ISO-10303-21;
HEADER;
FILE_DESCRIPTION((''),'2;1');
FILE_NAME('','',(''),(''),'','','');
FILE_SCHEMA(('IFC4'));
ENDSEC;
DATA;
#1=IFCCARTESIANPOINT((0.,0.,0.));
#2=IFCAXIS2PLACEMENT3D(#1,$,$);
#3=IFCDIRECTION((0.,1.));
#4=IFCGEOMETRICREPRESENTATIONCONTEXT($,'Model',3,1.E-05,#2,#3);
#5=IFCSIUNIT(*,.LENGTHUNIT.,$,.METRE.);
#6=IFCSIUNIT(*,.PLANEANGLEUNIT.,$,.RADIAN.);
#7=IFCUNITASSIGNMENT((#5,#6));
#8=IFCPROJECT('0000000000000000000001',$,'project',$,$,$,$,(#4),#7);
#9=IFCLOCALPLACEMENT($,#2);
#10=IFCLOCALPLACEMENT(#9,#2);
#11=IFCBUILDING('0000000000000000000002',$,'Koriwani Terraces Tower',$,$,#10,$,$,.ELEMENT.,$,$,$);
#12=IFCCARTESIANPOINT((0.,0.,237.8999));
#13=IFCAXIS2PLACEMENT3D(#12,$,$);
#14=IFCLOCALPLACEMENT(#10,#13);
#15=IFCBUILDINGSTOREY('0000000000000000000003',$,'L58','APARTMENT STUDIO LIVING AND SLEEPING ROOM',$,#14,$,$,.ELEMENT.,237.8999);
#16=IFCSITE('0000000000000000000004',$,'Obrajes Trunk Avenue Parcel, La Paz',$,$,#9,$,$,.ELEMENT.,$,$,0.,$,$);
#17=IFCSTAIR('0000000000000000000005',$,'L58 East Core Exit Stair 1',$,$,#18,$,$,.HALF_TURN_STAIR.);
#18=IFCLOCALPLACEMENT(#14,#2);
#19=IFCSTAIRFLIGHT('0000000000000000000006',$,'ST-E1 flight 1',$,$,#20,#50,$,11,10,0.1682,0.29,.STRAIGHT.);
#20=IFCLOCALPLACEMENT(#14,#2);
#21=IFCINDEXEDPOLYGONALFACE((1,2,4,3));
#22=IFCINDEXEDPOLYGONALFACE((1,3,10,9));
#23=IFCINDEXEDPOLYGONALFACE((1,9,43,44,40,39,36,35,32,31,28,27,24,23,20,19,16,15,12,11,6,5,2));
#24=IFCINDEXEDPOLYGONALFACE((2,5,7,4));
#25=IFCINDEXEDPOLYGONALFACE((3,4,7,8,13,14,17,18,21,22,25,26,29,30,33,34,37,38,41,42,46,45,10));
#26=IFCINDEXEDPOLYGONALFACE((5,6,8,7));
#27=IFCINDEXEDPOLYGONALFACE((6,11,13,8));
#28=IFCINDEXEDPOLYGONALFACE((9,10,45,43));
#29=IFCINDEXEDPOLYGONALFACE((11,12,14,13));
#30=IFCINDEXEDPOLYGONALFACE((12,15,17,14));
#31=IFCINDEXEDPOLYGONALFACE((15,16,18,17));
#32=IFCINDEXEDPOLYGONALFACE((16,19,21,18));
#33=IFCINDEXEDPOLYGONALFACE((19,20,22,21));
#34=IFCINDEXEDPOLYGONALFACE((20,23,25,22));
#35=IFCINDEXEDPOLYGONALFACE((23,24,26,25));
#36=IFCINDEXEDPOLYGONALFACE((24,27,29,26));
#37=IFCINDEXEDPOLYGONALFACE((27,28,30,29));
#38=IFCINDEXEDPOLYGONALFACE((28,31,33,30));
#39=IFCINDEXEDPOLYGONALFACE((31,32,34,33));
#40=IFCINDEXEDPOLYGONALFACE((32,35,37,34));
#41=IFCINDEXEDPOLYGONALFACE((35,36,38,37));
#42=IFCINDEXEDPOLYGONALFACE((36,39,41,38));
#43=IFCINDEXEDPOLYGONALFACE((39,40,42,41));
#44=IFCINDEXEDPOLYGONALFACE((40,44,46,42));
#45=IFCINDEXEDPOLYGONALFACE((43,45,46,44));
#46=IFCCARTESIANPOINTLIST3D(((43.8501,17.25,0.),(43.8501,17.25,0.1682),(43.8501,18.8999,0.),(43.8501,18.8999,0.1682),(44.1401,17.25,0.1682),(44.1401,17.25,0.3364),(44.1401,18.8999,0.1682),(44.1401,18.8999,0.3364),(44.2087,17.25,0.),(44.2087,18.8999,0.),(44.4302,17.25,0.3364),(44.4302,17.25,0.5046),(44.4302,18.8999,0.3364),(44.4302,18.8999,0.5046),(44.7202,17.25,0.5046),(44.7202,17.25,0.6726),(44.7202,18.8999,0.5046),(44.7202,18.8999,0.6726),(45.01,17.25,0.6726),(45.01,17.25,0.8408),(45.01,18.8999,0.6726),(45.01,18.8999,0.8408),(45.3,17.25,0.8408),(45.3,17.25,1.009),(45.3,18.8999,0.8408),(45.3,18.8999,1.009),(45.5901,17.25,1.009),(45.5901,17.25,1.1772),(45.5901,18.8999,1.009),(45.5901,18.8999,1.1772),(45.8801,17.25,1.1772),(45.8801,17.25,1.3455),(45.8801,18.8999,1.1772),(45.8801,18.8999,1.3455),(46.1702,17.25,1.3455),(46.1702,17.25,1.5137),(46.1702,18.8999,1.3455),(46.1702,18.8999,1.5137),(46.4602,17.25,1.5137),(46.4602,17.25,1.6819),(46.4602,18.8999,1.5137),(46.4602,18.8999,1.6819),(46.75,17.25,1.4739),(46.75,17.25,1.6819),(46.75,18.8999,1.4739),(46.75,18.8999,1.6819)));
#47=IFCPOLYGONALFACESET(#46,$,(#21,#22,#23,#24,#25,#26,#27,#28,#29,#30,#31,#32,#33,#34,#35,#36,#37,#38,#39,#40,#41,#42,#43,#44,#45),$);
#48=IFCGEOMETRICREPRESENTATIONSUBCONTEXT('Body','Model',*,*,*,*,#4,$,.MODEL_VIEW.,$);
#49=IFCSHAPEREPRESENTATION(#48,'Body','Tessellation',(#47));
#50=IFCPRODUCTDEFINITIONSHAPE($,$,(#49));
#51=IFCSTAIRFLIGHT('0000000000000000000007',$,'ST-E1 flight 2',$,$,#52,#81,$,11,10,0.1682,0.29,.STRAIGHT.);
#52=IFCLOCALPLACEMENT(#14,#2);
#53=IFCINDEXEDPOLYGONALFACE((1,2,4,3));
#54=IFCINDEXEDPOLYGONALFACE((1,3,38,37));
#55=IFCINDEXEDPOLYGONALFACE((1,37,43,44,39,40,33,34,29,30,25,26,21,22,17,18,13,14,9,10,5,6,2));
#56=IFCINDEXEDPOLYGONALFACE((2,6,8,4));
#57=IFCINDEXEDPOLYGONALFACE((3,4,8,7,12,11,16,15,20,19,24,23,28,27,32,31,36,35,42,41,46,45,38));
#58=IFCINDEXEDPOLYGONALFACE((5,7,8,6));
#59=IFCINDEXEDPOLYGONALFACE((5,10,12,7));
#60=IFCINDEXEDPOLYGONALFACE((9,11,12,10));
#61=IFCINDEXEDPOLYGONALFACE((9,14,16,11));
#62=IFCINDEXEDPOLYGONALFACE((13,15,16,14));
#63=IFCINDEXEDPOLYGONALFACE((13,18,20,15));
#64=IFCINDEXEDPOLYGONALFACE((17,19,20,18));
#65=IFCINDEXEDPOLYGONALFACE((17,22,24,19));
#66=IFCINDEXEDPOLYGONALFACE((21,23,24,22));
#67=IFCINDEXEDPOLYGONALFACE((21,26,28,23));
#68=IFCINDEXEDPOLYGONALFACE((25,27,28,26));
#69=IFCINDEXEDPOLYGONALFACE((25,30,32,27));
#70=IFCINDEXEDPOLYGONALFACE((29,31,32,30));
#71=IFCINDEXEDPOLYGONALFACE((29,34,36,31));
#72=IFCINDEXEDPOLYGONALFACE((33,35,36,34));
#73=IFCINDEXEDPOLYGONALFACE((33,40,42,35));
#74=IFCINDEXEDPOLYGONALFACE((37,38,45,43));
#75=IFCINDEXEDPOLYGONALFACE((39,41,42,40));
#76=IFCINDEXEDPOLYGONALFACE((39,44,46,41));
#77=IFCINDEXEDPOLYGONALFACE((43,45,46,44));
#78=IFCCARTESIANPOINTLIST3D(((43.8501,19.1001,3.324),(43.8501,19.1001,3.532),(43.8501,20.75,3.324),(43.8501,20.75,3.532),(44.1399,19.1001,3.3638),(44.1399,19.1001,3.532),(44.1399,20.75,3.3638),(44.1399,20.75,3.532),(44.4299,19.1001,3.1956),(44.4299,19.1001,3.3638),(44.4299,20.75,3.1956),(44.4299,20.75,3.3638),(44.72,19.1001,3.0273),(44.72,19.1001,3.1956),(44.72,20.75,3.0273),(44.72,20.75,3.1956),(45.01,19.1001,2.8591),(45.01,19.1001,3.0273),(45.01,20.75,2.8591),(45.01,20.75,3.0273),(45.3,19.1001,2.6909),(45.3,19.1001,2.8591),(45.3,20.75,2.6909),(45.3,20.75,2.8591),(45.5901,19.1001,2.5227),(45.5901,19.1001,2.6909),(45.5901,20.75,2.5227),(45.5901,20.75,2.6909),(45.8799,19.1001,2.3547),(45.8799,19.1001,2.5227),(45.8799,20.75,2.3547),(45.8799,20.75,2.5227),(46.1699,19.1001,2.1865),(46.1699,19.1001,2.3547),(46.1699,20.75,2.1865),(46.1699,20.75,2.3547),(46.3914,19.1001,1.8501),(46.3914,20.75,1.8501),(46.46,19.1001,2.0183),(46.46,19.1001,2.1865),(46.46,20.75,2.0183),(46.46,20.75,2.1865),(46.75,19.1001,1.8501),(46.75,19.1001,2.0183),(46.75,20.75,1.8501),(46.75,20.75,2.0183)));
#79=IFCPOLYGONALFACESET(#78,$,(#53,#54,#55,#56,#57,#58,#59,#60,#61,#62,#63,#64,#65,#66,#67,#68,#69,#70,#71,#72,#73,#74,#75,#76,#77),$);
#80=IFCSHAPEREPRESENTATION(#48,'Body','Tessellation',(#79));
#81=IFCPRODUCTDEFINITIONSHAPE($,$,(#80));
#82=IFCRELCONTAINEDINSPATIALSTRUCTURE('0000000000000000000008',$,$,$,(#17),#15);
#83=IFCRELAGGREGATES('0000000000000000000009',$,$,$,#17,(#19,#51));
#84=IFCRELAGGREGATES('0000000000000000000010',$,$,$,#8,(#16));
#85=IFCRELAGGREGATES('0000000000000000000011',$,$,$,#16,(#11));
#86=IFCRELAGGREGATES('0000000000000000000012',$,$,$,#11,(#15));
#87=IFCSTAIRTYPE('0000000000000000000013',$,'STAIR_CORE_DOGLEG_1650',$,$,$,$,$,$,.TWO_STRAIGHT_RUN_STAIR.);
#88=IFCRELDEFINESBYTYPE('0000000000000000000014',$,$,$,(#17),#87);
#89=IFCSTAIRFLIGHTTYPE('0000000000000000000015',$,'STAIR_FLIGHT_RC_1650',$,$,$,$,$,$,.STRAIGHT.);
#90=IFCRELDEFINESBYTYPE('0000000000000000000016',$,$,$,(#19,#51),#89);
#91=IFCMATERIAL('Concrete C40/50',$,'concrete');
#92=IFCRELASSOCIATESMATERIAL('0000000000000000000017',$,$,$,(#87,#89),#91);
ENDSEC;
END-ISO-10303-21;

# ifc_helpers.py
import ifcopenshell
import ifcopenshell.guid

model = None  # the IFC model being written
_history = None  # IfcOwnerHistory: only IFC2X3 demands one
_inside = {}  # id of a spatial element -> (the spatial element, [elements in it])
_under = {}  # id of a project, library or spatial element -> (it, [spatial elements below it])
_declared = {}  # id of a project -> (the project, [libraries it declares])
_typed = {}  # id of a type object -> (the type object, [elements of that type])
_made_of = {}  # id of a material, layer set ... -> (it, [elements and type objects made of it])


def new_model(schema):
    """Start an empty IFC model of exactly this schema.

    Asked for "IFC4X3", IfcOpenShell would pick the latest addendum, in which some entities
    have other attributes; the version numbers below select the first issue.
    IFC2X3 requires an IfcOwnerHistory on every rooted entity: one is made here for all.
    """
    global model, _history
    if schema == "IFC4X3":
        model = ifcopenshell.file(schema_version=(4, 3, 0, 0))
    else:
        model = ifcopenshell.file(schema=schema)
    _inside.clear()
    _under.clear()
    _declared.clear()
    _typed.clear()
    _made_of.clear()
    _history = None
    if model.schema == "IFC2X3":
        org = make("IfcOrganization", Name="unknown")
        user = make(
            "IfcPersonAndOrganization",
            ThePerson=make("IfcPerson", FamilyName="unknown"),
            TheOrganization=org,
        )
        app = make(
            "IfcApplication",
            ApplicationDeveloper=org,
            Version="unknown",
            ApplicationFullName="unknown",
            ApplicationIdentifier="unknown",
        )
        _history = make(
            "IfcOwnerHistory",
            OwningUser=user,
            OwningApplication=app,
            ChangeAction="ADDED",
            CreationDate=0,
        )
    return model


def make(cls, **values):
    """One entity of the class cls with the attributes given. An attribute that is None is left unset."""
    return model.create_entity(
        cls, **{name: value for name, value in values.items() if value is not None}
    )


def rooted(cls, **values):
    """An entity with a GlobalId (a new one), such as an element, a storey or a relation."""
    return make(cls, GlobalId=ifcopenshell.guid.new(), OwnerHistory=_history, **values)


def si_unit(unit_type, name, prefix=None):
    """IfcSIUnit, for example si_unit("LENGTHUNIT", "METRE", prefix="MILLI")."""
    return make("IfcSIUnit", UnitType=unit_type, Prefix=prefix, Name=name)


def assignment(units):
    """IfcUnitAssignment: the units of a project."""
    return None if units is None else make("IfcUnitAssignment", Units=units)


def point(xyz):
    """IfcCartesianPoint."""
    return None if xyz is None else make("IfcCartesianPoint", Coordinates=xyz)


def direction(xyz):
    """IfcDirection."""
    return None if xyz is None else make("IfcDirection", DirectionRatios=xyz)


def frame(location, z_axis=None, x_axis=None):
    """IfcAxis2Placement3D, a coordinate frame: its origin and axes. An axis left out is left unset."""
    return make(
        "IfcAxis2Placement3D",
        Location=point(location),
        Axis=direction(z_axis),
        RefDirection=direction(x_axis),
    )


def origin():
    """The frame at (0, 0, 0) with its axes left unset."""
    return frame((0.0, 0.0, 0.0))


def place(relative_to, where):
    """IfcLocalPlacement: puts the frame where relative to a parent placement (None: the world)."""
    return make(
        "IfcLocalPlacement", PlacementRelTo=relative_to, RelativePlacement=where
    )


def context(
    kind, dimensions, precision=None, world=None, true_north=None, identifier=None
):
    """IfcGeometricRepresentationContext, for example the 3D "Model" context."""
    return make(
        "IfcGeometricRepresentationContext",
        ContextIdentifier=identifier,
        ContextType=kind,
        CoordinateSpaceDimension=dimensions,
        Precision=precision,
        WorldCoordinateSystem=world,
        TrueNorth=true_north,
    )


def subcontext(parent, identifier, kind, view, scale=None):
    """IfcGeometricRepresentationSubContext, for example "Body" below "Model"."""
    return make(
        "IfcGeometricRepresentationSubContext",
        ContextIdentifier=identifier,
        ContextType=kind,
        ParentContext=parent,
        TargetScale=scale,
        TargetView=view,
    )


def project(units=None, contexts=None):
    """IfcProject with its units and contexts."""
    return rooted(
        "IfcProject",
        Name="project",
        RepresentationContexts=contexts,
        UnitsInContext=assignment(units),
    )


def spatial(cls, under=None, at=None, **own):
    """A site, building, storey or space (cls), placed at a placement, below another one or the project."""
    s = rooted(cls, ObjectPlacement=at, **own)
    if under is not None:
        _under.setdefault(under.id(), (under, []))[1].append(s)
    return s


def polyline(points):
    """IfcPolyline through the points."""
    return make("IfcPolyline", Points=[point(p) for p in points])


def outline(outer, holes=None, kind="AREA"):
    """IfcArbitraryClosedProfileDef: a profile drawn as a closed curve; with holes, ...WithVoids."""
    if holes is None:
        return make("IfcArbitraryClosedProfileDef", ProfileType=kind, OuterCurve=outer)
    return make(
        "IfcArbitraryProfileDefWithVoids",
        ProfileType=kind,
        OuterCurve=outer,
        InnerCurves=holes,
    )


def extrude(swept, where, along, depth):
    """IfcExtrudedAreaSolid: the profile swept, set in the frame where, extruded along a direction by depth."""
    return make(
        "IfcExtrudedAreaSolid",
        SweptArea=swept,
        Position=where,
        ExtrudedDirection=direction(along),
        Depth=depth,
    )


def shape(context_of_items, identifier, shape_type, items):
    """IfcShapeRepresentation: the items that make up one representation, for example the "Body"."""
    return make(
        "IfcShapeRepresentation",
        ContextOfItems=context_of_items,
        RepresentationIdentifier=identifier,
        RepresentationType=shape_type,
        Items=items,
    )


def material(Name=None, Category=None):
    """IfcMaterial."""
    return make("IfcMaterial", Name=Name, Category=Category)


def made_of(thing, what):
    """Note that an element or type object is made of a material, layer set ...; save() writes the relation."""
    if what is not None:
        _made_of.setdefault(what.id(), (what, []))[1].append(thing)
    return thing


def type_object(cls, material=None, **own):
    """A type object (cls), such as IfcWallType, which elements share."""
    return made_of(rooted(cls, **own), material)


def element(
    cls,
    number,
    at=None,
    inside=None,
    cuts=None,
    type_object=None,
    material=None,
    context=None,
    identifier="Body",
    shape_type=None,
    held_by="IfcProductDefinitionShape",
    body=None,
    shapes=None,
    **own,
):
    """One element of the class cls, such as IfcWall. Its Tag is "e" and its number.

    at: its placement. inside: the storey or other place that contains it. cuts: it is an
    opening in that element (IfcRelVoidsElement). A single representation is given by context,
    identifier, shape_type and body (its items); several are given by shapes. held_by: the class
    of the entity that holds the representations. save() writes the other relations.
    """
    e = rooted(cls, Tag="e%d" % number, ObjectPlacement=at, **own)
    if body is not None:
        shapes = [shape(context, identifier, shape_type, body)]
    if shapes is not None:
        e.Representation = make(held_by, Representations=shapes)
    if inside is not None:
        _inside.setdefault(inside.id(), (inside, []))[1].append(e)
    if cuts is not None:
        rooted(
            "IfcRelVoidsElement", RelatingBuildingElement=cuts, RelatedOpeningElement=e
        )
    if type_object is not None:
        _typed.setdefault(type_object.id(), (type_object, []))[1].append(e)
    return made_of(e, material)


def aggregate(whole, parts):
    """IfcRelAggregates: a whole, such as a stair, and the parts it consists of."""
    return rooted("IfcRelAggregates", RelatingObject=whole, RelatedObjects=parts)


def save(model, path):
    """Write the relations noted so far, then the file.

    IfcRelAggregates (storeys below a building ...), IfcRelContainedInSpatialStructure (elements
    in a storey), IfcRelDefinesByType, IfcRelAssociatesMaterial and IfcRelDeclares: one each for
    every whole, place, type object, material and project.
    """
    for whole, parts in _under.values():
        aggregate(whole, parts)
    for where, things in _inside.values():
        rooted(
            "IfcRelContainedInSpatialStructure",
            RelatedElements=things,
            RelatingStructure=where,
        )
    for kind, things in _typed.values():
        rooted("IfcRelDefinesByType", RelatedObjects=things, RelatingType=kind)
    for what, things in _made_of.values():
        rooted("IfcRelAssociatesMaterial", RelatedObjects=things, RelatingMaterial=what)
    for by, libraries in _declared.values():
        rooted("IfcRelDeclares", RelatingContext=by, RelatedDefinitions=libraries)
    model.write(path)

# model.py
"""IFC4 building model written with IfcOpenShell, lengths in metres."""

from ifc_helpers import new_model, si_unit, direction, frame, origin, place, context, subcontext, project, spatial, polyline, outline, extrude, material, type_object, element, aggregate, save


model = new_model("IFC4")

# Units and contexts
model_context = context("Model", 3, precision=1e-05, world=origin(), true_north=direction((0.0, 1.0)))
body_context = subcontext(model_context, "Body", "Model", "MODEL_VIEW")
ifc_project = project(units=[si_unit("LENGTHUNIT", "METRE"), si_unit("PLANEANGLEUNIT", "RADIAN")], contexts=[model_context])

# Site, building, storey
site_placement = place(None, origin())
site = spatial("IfcSite", under=ifc_project, at=site_placement, Name="Obrajes Trunk Avenue Parcel, La Paz", CompositionType="ELEMENT", RefElevation=0.0)
building_placement = place(site_placement, origin())
building = spatial("IfcBuilding", under=site, at=building_placement, Name="Koriwani Terraces Tower", CompositionType="ELEMENT")
storey_placement = place(building_placement, frame((0.0, 0.0, 237.8999)))
storey = spatial("IfcBuildingStorey", under=building, at=storey_placement, Name="L58", Description="APARTMENT STUDIO LIVING AND SLEEPING ROOM", CompositionType="ELEMENT", Elevation=237.8999)

# Shared definitions
ifc_material_1 = material(Name="Concrete C40/50", Category="concrete")

# Stair, stair flights
stair_type = type_object("IfcStairType", Name="STAIR_CORE_DOGLEG_1650", PredefinedType="TWO_STRAIGHT_RUN_STAIR", material=ifc_material_1)
stair_placement = place(storey_placement, origin())
stair = element("IfcStair", 1, at=stair_placement, inside=storey, type_object=stair_type, Name="L58 East Core Exit Stair 1", PredefinedType="HALF_TURN_STAIR")
stair_flight_type = type_object("IfcStairFlightType", Name="STAIR_FLIGHT_RC_1650", PredefinedType="STRAIGHT", material=ifc_material_1)
stair_flight_1_placement = place(storey_placement, frame((43.8501, 18.075, 0.0), z_axis=(0.0, 0.0, 1.0), x_axis=(1.0, 0.0, 0.0)))
stair_flight_1 = element("IfcStairFlight", 2, at=stair_flight_1_placement, type_object=stair_flight_type, Name="ST-E1 flight 1", NumberOfRisers=11, NumberOfTreads=10, PredefinedType="STRAIGHT", RiserHeight=0.1682, TreadLength=0.29, context=body_context, shape_type="SweptSolid", body=[
    extrude(outline(polyline([(0.0, 0.0), (0.0, 0.1682), (0.29, 0.1682), (0.29, 0.3364), (0.5801, 0.3364), (0.5801, 0.5046), (0.8701, 0.5046), (0.8701, 0.6726), (1.1599, 0.6726), (1.1599, 0.8408), (1.45, 0.8408), (1.45, 1.009), (1.74, 1.009), (1.74, 1.1772), (2.03, 1.1772), (2.03, 1.3455), (2.3201, 1.3455), (2.3201, 1.5137), (2.6101, 1.5137), (2.6101, 1.6819), (2.8999, 1.6819), (2.8999, 1.8501), (2.8999, 1.4739), (0.3586, 0.0), (0.0, 0.0)])), frame((0.0, 0.825, 0.0), z_axis=(0.0, -1.0, 0.0), x_axis=(1.0, 0.0, 0.0)), (0.0, 0.0, 1.0), 1.6499),
])
stair_flight_2_placement = place(storey_placement, frame((46.75, 19.925, 1.8501), z_axis=(0.0, 0.0, 1.0), x_axis=(-1.0, 0.0, 0.0)))
stair_flight_2 = element("IfcStairFlight", 3, at=stair_flight_2_placement, type_object=stair_flight_type, Name="ST-E1 flight 2", NumberOfRisers=11, NumberOfTreads=10, PredefinedType="STRAIGHT", RiserHeight=0.1682, TreadLength=0.29, context=body_context, shape_type="SweptSolid", body=[
    extrude(outline(polyline([(0.0, 0.0), (0.0, 0.1682), (0.29, 0.1682), (0.29, 0.3364), (0.5801, 0.3364), (0.5801, 0.5046), (0.8701, 0.5046), (0.8701, 0.6726), (1.1599, 0.6726), (1.1599, 0.8408), (1.45, 0.8408), (1.45, 1.009), (1.74, 1.009), (1.74, 1.1772), (2.03, 1.1772), (2.03, 1.3455), (2.3201, 1.3455), (2.3201, 1.5137), (2.6101, 1.5137), (2.6101, 1.6819), (2.8999, 1.6819), (2.8999, 1.8501), (2.8999, 1.4739), (0.3586, 0.0), (0.0, 0.0)])), frame((0.0, 0.825, 0.0), z_axis=(0.0, -1.0, 0.0), x_axis=(1.0, 0.0, 0.0)), (0.0, 0.0, 1.0), 1.6499),
])
aggregate(stair, [stair_flight_1, stair_flight_2])

save(model, "model.ifc")
